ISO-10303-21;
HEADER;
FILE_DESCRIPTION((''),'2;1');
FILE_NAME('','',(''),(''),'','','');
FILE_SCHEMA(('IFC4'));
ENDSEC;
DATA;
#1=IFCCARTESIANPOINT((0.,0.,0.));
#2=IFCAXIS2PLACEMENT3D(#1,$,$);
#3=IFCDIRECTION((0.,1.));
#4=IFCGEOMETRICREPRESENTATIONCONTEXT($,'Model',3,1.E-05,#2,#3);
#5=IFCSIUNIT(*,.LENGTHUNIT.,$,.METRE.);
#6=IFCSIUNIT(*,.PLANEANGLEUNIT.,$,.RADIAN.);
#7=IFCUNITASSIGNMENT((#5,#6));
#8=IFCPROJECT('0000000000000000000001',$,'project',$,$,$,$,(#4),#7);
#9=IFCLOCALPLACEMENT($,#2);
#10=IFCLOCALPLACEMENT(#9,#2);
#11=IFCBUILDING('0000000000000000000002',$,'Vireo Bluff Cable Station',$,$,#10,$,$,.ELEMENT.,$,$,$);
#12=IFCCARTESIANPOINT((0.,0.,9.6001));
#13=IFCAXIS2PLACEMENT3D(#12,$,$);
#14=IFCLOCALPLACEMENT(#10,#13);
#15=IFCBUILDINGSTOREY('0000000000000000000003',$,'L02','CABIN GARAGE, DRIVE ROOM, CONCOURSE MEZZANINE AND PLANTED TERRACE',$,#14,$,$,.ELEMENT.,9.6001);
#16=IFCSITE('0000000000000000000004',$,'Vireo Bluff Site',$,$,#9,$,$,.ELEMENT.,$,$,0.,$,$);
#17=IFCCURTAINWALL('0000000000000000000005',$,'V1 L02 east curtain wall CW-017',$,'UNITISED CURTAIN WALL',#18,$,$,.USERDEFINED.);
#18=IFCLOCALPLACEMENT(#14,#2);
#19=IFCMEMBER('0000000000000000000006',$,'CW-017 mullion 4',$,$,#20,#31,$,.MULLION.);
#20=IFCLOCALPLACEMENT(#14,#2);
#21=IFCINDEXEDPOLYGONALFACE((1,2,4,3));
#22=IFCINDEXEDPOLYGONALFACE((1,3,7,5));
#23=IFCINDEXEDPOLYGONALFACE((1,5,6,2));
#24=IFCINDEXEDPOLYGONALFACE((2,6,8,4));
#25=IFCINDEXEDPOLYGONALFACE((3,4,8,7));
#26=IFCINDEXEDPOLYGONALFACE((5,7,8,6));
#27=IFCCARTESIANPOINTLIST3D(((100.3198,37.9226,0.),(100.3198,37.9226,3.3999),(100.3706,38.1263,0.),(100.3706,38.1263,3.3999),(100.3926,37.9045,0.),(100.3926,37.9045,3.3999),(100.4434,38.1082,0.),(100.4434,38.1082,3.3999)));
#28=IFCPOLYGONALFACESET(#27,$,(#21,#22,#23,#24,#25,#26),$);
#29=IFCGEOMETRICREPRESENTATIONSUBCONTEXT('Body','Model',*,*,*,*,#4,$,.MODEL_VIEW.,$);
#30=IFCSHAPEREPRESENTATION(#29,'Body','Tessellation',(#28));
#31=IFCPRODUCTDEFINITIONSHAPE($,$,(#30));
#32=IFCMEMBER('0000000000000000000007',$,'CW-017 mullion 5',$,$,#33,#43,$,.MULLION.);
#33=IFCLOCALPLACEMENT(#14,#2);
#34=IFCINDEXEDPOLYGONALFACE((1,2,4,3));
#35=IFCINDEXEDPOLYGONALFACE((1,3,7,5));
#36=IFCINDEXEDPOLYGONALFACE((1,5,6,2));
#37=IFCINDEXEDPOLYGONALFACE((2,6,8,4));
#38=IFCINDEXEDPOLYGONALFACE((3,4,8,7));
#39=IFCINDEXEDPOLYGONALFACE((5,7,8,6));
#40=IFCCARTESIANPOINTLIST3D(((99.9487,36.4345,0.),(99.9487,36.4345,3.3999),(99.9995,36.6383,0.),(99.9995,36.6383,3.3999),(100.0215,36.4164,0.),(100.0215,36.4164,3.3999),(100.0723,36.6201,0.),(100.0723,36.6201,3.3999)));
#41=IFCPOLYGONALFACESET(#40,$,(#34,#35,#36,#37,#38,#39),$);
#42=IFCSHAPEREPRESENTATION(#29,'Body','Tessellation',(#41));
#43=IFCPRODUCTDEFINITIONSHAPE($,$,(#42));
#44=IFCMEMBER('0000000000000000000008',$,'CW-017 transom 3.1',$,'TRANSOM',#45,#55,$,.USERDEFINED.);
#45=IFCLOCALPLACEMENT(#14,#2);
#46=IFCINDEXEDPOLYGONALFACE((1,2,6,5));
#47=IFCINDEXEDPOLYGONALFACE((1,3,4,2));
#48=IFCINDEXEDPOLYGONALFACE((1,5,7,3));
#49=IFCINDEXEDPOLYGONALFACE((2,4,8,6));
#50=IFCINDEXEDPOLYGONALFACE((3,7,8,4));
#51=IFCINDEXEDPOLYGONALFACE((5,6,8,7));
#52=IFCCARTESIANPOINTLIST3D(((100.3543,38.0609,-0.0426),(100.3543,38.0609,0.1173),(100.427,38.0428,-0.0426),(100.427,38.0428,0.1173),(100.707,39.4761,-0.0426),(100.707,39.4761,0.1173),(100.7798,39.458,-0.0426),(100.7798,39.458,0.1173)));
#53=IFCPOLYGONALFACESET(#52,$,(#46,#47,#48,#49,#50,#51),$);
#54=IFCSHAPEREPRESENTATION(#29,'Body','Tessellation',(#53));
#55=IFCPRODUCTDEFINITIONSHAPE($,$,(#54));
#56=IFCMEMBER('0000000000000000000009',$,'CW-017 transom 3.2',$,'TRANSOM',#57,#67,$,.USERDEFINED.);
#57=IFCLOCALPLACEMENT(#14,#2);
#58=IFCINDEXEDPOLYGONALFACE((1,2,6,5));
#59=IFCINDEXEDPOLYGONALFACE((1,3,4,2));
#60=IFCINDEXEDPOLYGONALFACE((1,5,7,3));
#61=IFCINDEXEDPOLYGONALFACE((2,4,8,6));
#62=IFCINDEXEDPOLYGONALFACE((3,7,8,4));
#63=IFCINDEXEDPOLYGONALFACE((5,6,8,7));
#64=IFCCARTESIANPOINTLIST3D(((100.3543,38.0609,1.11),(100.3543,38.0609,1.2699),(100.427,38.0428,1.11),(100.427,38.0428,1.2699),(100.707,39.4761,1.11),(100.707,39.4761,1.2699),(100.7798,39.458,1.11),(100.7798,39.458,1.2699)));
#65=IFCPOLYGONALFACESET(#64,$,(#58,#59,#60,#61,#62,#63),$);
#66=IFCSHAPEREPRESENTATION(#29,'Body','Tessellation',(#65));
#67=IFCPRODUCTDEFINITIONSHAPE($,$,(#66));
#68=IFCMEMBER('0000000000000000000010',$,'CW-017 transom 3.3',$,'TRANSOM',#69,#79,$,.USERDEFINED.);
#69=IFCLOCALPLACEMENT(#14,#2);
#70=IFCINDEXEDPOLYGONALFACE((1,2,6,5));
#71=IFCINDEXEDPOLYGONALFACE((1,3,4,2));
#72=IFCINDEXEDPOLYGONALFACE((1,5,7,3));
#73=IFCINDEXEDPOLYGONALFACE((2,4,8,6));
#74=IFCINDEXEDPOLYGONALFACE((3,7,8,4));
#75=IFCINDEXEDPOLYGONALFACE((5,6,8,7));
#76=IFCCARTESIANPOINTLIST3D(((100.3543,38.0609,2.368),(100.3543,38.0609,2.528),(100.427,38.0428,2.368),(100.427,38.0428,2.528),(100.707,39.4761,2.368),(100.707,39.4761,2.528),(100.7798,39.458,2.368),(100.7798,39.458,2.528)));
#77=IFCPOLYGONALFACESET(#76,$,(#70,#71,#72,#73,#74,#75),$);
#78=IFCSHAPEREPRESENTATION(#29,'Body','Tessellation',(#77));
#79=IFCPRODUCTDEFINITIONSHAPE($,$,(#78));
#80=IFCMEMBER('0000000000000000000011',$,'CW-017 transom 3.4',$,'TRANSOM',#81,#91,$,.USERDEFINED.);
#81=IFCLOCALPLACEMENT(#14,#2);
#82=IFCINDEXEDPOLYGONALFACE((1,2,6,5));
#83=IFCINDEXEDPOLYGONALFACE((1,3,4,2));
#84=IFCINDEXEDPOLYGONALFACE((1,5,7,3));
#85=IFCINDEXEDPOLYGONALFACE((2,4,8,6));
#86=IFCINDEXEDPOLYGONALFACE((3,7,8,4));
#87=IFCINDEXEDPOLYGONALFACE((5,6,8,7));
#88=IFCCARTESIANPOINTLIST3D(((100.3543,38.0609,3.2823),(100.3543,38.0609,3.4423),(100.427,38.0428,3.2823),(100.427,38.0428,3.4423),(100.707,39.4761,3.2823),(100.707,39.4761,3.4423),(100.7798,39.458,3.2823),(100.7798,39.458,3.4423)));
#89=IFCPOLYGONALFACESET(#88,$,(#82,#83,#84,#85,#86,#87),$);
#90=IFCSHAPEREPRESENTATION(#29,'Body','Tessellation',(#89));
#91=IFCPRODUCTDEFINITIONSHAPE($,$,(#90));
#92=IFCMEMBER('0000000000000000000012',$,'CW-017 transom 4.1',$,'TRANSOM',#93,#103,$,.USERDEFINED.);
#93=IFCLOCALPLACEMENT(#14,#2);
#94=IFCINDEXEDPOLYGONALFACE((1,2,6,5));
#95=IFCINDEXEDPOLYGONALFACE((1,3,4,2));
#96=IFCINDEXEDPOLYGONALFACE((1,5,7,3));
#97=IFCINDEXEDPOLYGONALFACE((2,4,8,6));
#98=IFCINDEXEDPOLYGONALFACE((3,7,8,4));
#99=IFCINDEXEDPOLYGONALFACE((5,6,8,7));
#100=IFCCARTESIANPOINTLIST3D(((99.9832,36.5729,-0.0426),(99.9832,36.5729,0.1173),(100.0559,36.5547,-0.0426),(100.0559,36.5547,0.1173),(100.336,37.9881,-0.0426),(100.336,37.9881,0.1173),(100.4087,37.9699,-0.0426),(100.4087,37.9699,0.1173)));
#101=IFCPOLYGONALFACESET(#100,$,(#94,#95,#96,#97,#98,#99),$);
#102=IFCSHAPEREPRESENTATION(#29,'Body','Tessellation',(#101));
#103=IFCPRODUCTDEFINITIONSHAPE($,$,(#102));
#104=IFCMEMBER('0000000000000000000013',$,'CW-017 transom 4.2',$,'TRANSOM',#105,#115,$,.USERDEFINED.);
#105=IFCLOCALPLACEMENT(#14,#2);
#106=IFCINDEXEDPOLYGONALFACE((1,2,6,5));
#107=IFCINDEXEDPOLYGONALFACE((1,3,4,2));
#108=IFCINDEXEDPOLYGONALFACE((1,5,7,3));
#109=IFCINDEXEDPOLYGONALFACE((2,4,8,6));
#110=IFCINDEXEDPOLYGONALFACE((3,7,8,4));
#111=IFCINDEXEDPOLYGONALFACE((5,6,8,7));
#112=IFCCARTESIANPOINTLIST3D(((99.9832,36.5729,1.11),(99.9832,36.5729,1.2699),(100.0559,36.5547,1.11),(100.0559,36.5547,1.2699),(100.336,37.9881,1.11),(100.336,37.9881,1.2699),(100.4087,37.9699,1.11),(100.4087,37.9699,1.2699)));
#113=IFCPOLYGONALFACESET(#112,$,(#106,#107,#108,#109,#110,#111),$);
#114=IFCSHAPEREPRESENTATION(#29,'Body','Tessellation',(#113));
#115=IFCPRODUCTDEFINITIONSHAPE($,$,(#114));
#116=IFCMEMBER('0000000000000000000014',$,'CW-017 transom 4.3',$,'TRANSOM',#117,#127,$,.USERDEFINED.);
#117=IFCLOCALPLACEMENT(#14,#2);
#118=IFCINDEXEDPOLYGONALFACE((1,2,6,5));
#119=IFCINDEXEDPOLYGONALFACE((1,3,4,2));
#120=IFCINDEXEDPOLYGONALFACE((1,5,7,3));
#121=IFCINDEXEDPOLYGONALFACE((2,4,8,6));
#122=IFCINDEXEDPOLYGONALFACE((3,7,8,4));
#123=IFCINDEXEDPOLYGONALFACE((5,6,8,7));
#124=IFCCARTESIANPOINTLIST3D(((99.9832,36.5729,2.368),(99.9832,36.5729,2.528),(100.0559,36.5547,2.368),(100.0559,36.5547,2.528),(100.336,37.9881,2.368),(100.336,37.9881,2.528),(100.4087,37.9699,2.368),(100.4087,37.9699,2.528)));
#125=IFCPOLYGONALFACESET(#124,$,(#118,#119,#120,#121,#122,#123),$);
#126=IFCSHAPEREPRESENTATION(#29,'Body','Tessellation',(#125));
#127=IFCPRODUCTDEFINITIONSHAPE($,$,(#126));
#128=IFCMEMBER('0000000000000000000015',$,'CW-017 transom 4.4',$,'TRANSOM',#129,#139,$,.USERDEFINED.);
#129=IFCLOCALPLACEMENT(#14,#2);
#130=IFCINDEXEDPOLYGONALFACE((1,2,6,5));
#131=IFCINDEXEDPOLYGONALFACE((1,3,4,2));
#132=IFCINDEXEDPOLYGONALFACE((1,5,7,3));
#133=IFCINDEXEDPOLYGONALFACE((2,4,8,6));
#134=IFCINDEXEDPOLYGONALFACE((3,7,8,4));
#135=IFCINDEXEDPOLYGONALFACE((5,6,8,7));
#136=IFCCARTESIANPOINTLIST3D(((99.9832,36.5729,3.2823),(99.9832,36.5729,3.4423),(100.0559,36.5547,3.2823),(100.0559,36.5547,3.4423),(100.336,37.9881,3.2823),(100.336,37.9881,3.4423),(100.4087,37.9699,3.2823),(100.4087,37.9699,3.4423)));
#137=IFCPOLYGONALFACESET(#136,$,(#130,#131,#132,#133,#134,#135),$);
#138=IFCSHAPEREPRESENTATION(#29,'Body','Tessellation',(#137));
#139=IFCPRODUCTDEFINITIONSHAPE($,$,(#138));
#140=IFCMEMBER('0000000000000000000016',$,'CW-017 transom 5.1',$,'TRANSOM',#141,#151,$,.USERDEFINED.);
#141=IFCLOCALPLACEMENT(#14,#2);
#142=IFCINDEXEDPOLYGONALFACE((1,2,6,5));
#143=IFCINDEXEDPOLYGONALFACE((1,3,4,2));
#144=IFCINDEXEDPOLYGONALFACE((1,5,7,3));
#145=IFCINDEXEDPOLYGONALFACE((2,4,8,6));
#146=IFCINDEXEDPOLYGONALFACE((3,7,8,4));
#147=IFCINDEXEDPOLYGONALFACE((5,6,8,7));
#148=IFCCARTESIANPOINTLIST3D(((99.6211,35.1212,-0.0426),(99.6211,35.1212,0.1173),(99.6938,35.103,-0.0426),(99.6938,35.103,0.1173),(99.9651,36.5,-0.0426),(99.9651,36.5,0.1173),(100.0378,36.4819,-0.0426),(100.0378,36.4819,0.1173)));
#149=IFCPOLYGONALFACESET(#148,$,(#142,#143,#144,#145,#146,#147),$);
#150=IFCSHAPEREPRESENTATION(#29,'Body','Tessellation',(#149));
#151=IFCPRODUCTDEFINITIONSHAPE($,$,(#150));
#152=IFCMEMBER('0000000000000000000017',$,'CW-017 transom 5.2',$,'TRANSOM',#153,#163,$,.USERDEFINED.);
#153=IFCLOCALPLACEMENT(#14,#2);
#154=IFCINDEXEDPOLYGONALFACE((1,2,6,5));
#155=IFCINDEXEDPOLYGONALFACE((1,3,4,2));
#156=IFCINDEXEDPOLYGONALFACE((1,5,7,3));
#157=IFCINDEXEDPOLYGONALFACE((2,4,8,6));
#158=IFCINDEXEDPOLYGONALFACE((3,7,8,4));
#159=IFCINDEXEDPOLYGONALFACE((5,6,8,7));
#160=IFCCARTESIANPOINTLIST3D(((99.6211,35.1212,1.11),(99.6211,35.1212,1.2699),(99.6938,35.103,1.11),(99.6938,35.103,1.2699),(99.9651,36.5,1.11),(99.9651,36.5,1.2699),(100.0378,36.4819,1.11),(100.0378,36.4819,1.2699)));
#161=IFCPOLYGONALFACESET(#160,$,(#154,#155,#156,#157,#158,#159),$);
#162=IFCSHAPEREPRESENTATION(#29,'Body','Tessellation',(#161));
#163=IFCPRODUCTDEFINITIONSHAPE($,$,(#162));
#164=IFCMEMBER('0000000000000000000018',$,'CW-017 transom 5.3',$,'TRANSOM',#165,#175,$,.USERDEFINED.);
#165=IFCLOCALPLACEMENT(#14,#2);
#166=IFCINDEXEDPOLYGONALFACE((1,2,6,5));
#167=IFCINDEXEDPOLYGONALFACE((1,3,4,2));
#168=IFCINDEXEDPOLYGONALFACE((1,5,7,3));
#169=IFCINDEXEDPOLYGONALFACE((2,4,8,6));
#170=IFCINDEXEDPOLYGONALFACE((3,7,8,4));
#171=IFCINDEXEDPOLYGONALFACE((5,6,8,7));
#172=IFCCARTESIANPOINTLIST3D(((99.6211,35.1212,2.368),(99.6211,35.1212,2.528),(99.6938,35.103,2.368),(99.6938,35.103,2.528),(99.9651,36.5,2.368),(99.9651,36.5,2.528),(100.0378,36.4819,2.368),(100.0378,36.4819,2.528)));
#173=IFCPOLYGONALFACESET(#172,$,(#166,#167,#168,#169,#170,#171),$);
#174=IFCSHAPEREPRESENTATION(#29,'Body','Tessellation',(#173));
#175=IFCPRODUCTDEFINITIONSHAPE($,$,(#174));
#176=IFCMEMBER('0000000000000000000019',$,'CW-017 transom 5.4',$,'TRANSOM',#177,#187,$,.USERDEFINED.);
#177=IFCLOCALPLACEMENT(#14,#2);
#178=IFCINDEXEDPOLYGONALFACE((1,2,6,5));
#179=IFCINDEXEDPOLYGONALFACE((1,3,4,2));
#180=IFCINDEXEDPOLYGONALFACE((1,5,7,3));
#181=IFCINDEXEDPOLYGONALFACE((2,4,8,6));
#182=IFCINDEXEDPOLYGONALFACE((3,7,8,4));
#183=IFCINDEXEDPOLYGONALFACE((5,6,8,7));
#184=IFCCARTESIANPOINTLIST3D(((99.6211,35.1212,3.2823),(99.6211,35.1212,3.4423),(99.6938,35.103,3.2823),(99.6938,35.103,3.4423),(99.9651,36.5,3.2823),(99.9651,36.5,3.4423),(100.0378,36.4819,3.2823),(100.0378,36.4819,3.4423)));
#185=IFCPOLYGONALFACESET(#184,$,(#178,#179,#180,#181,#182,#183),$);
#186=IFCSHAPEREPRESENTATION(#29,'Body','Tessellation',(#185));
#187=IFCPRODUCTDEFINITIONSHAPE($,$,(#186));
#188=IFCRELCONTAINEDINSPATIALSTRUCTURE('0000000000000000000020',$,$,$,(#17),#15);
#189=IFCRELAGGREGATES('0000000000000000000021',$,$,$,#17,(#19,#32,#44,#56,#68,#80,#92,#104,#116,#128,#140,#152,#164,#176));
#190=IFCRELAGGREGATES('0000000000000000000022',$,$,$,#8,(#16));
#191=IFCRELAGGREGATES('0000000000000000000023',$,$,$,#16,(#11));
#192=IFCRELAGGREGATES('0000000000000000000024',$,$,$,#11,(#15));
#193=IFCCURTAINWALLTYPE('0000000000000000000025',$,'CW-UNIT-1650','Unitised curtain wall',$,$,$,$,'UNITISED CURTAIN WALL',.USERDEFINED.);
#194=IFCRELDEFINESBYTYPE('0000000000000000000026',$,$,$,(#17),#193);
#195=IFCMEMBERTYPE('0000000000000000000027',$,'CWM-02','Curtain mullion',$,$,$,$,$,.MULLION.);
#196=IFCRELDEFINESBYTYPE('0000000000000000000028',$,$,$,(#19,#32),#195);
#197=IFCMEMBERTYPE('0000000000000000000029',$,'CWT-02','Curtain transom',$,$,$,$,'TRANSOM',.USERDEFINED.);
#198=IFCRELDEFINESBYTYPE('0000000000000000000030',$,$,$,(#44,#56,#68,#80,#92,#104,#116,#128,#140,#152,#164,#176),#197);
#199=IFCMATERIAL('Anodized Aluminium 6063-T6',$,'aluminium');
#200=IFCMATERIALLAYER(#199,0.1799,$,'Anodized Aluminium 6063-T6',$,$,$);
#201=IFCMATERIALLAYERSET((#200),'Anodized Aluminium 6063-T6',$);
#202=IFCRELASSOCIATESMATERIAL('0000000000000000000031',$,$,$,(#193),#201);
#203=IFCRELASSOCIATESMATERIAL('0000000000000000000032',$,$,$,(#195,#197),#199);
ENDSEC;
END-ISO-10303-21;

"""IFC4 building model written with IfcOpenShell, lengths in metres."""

from ifc_helpers import new_model, si_unit, direction, frame, origin, origin_2d, place, context, subcontext, project, spatial, rectangle, extrude, material, layer, layer_set, material_profile, profile_set, type_object, element, aggregate, save


model = new_model("IFC4")

# Units and contexts
model_context = context("Model", 3, precision=1e-05, world=origin(), true_north=direction((0.0, 1.0)))
body_context = subcontext(model_context, "Body", "Model", "MODEL_VIEW")
ifc_project = project(units=[si_unit("LENGTHUNIT", "METRE"), si_unit("PLANEANGLEUNIT", "RADIAN")], contexts=[model_context])

# Site, building, storey
site_placement = place(None, origin())
site = spatial("IfcSite", under=ifc_project, at=site_placement, Name="Vireo Bluff Site", CompositionType="ELEMENT", RefElevation=0.0)
building_placement = place(site_placement, origin())
building = spatial("IfcBuilding", under=site, at=building_placement, Name="Vireo Bluff Cable Station", CompositionType="ELEMENT")
storey_placement = place(building_placement, frame((0.0, 0.0, 9.6001)))
storey = spatial("IfcBuildingStorey", under=building, at=storey_placement, Name="L02", Description="CABIN GARAGE, DRIVE ROOM, CONCOURSE MEZZANINE AND PLANTED TERRACE", CompositionType="ELEMENT", Elevation=9.6001)

# Curtain wall, members
ifc_material_1 = material(Name="Anodized Aluminium 6063-T6", Category="aluminium")
ifc_layer_1 = layer(ifc_material_1, 0.1799, Name="Anodized Aluminium 6063-T6")
ifc_layer_set_1 = layer_set([ifc_layer_1], Name="Anodized Aluminium 6063-T6")
curtain_wall_type = type_object("IfcCurtainWallType", Name="CW-UNIT-1650", Description="Unitised curtain wall", ElementType="UNITISED CURTAIN WALL", PredefinedType="USERDEFINED", material=ifc_layer_set_1)
curtain_wall_placement = place(storey_placement, origin())
curtain_wall = element("IfcCurtainWall", 1, at=curtain_wall_placement, inside=storey, type_object=curtain_wall_type, Name="V1 L02 east curtain wall CW-017", ObjectType="UNITISED CURTAIN WALL", PredefinedType="USERDEFINED")
ifc_material_profile_1 = material_profile(ifc_material_1, rectangle(XDim=0.075, YDim=0.21, at=origin_2d()), Name="ALU-M-75X210")
ifc_profile_set_1 = profile_set([ifc_material_profile_1], Name="Anodized Aluminium 6063-T6")
member_type_1 = type_object("IfcMemberType", Name="CWM-02", Description="Curtain mullion", PredefinedType="MULLION", material=ifc_profile_set_1)
member_1_placement = place(storey_placement, frame((100.3816, 38.0154, 0.0), z_axis=(0.0, 0.0, 1.0), x_axis=(0.970296, -0.241922, 0.0)))
member_1 = element("IfcMember", 2, at=member_1_placement, type_object=member_type_1, Name="CW-017 mullion 4", PredefinedType="MULLION", context=body_context, shape_type="SweptSolid", body=[
    extrude(rectangle(XDim=0.075, YDim=0.21, at=origin_2d()), origin(), (0.0, 0.0, 1.0), 3.3999),
])
member_2_placement = place(storey_placement, frame((100.0105, 36.5273, 0.0), z_axis=(0.0, 0.0, 1.0), x_axis=(0.970296, -0.241922, 0.0)))
member_2 = element("IfcMember", 3, at=member_2_placement, type_object=member_type_1, Name="CW-017 mullion 5", PredefinedType="MULLION", context=body_context, shape_type="SweptSolid", body=[
    extrude(rectangle(XDim=0.075, YDim=0.21, at=origin_2d()), origin(), (0.0, 0.0, 1.0), 3.3999),
])
ifc_material_profile_2 = material_profile(ifc_material_1, rectangle(XDim=0.075, YDim=0.1599, at=origin_2d()), Name="ALU-T-75X160")
ifc_profile_set_2 = profile_set([ifc_material_profile_2], Name="Anodized Aluminium 6063-T6")
member_type_2 = type_object("IfcMemberType", Name="CWT-02", Description="Curtain transom", ElementType="TRANSOM", PredefinedType="USERDEFINED", material=ifc_profile_set_2)
member_3_placement = place(storey_placement, frame((100.7434, 39.467, 0.0374), z_axis=(-0.241866, -0.97031, 0.0), x_axis=(0.97031, -0.241866, 0.0)))
member_3 = element("IfcMember", 4, at=member_3_placement, type_object=member_type_2, Name="CW-017 transom 3.1", ObjectType="TRANSOM", PredefinedType="USERDEFINED", context=body_context, shape_type="SweptSolid", body=[
    extrude(rectangle(XDim=0.075, YDim=0.1599, at=origin_2d()), origin(), (0.0, 0.0, 1.0), 1.4585),
])
member_4_placement = place(storey_placement, frame((100.7434, 39.467, 1.1899), z_axis=(-0.241866, -0.97031, 0.0), x_axis=(0.97031, -0.241866, 0.0)))
member_4 = element("IfcMember", 5, at=member_4_placement, type_object=member_type_2, Name="CW-017 transom 3.2", ObjectType="TRANSOM", PredefinedType="USERDEFINED", context=body_context, shape_type="SweptSolid", body=[
    extrude(rectangle(XDim=0.075, YDim=0.1599, at=origin_2d()), origin(), (0.0, 0.0, 1.0), 1.4585),
])
member_5_placement = place(storey_placement, frame((100.7434, 39.467, 2.448), z_axis=(-0.241866, -0.97031, 0.0), x_axis=(0.97031, -0.241866, 0.0)))
member_5 = element("IfcMember", 6, at=member_5_placement, type_object=member_type_2, Name="CW-017 transom 3.3", ObjectType="TRANSOM", PredefinedType="USERDEFINED", context=body_context, shape_type="SweptSolid", body=[
    extrude(rectangle(XDim=0.075, YDim=0.1599, at=origin_2d()), origin(), (0.0, 0.0, 1.0), 1.4585),
])
member_6_placement = place(storey_placement, frame((100.7434, 39.467, 3.3623), z_axis=(-0.241866, -0.97031, 0.0), x_axis=(0.97031, -0.241866, 0.0)))
member_6 = element("IfcMember", 7, at=member_6_placement, type_object=member_type_2, Name="CW-017 transom 3.4", ObjectType="TRANSOM", PredefinedType="USERDEFINED", context=body_context, shape_type="SweptSolid", body=[
    extrude(rectangle(XDim=0.075, YDim=0.1599, at=origin_2d()), origin(), (0.0, 0.0, 1.0), 1.4585),
])
member_7_placement = place(storey_placement, frame((100.3723, 37.979, 0.0374), z_axis=(-0.241866, -0.97031, 0.0), x_axis=(0.97031, -0.241866, 0.0)))
member_7 = element("IfcMember", 8, at=member_7_placement, type_object=member_type_2, Name="CW-017 transom 4.1", ObjectType="TRANSOM", PredefinedType="USERDEFINED", context=body_context, shape_type="SweptSolid", body=[
    extrude(rectangle(XDim=0.075, YDim=0.1599, at=origin_2d()), origin(), (0.0, 0.0, 1.0), 1.4585),
])
member_8_placement = place(storey_placement, frame((100.3723, 37.979, 1.1899), z_axis=(-0.241866, -0.97031, 0.0), x_axis=(0.97031, -0.241866, 0.0)))
member_8 = element("IfcMember", 9, at=member_8_placement, type_object=member_type_2, Name="CW-017 transom 4.2", ObjectType="TRANSOM", PredefinedType="USERDEFINED", context=body_context, shape_type="SweptSolid", body=[
    extrude(rectangle(XDim=0.075, YDim=0.1599, at=origin_2d()), origin(), (0.0, 0.0, 1.0), 1.4585),
])
member_9_placement = place(storey_placement, frame((100.3723, 37.979, 2.448), z_axis=(-0.241866, -0.97031, 0.0), x_axis=(0.97031, -0.241866, 0.0)))
member_9 = element("IfcMember", 10, at=member_9_placement, type_object=member_type_2, Name="CW-017 transom 4.3", ObjectType="TRANSOM", PredefinedType="USERDEFINED", context=body_context, shape_type="SweptSolid", body=[
    extrude(rectangle(XDim=0.075, YDim=0.1599, at=origin_2d()), origin(), (0.0, 0.0, 1.0), 1.4585),
])
member_10_placement = place(storey_placement, frame((100.3723, 37.979, 3.3623), z_axis=(-0.241866, -0.97031, 0.0), x_axis=(0.97031, -0.241866, 0.0)))
member_10 = element("IfcMember", 11, at=member_10_placement, type_object=member_type_2, Name="CW-017 transom 4.4", ObjectType="TRANSOM", PredefinedType="USERDEFINED", context=body_context, shape_type="SweptSolid", body=[
    extrude(rectangle(XDim=0.075, YDim=0.1599, at=origin_2d()), origin(), (0.0, 0.0, 1.0), 1.4585),
])
member_11_placement = place(storey_placement, frame((100.0015, 36.491, 0.0374), z_axis=(-0.242051, -0.970264, 0.0), x_axis=(0.970264, -0.242051, 0.0)))
member_11 = element("IfcMember", 12, at=member_11_placement, type_object=member_type_2, Name="CW-017 transom 5.1", ObjectType="TRANSOM", PredefinedType="USERDEFINED", context=body_context, shape_type="SweptSolid", body=[
    extrude(rectangle(XDim=0.075, YDim=0.1599, at=origin_2d()), origin(), (0.0, 0.0, 1.0), 1.4211),
])
member_12_placement = place(storey_placement, frame((100.0015, 36.491, 1.1899), z_axis=(-0.242051, -0.970264, 0.0), x_axis=(0.970264, -0.242051, 0.0)))
member_12 = element("IfcMember", 13, at=member_12_placement, type_object=member_type_2, Name="CW-017 transom 5.2", ObjectType="TRANSOM", PredefinedType="USERDEFINED", context=body_context, shape_type="SweptSolid", body=[
    extrude(rectangle(XDim=0.075, YDim=0.1599, at=origin_2d()), origin(), (0.0, 0.0, 1.0), 1.4211),
])
member_13_placement = place(storey_placement, frame((100.0015, 36.491, 2.448), z_axis=(-0.242051, -0.970264, 0.0), x_axis=(0.970264, -0.242051, 0.0)))
member_13 = element("IfcMember", 14, at=member_13_placement, type_object=member_type_2, Name="CW-017 transom 5.3", ObjectType="TRANSOM", PredefinedType="USERDEFINED", context=body_context, shape_type="SweptSolid", body=[
    extrude(rectangle(XDim=0.075, YDim=0.1599, at=origin_2d()), origin(), (0.0, 0.0, 1.0), 1.4211),
])
member_14_placement = place(storey_placement, frame((100.0015, 36.491, 3.3623), z_axis=(-0.242051, -0.970264, 0.0), x_axis=(0.970264, -0.242051, 0.0)))
member_14 = element("IfcMember", 15, at=member_14_placement, type_object=member_type_2, Name="CW-017 transom 5.4", ObjectType="TRANSOM", PredefinedType="USERDEFINED", context=body_context, shape_type="SweptSolid", body=[
    extrude(rectangle(XDim=0.075, YDim=0.1599, at=origin_2d()), origin(), (0.0, 0.0, 1.0), 1.4211),
])

aggregate(curtain_wall, [member_1, member_2, member_3, member_4, member_5, member_6, member_7, member_8, member_9, member_10, member_11, member_12, member_13, member_14])

save(model, "model.ifc")
